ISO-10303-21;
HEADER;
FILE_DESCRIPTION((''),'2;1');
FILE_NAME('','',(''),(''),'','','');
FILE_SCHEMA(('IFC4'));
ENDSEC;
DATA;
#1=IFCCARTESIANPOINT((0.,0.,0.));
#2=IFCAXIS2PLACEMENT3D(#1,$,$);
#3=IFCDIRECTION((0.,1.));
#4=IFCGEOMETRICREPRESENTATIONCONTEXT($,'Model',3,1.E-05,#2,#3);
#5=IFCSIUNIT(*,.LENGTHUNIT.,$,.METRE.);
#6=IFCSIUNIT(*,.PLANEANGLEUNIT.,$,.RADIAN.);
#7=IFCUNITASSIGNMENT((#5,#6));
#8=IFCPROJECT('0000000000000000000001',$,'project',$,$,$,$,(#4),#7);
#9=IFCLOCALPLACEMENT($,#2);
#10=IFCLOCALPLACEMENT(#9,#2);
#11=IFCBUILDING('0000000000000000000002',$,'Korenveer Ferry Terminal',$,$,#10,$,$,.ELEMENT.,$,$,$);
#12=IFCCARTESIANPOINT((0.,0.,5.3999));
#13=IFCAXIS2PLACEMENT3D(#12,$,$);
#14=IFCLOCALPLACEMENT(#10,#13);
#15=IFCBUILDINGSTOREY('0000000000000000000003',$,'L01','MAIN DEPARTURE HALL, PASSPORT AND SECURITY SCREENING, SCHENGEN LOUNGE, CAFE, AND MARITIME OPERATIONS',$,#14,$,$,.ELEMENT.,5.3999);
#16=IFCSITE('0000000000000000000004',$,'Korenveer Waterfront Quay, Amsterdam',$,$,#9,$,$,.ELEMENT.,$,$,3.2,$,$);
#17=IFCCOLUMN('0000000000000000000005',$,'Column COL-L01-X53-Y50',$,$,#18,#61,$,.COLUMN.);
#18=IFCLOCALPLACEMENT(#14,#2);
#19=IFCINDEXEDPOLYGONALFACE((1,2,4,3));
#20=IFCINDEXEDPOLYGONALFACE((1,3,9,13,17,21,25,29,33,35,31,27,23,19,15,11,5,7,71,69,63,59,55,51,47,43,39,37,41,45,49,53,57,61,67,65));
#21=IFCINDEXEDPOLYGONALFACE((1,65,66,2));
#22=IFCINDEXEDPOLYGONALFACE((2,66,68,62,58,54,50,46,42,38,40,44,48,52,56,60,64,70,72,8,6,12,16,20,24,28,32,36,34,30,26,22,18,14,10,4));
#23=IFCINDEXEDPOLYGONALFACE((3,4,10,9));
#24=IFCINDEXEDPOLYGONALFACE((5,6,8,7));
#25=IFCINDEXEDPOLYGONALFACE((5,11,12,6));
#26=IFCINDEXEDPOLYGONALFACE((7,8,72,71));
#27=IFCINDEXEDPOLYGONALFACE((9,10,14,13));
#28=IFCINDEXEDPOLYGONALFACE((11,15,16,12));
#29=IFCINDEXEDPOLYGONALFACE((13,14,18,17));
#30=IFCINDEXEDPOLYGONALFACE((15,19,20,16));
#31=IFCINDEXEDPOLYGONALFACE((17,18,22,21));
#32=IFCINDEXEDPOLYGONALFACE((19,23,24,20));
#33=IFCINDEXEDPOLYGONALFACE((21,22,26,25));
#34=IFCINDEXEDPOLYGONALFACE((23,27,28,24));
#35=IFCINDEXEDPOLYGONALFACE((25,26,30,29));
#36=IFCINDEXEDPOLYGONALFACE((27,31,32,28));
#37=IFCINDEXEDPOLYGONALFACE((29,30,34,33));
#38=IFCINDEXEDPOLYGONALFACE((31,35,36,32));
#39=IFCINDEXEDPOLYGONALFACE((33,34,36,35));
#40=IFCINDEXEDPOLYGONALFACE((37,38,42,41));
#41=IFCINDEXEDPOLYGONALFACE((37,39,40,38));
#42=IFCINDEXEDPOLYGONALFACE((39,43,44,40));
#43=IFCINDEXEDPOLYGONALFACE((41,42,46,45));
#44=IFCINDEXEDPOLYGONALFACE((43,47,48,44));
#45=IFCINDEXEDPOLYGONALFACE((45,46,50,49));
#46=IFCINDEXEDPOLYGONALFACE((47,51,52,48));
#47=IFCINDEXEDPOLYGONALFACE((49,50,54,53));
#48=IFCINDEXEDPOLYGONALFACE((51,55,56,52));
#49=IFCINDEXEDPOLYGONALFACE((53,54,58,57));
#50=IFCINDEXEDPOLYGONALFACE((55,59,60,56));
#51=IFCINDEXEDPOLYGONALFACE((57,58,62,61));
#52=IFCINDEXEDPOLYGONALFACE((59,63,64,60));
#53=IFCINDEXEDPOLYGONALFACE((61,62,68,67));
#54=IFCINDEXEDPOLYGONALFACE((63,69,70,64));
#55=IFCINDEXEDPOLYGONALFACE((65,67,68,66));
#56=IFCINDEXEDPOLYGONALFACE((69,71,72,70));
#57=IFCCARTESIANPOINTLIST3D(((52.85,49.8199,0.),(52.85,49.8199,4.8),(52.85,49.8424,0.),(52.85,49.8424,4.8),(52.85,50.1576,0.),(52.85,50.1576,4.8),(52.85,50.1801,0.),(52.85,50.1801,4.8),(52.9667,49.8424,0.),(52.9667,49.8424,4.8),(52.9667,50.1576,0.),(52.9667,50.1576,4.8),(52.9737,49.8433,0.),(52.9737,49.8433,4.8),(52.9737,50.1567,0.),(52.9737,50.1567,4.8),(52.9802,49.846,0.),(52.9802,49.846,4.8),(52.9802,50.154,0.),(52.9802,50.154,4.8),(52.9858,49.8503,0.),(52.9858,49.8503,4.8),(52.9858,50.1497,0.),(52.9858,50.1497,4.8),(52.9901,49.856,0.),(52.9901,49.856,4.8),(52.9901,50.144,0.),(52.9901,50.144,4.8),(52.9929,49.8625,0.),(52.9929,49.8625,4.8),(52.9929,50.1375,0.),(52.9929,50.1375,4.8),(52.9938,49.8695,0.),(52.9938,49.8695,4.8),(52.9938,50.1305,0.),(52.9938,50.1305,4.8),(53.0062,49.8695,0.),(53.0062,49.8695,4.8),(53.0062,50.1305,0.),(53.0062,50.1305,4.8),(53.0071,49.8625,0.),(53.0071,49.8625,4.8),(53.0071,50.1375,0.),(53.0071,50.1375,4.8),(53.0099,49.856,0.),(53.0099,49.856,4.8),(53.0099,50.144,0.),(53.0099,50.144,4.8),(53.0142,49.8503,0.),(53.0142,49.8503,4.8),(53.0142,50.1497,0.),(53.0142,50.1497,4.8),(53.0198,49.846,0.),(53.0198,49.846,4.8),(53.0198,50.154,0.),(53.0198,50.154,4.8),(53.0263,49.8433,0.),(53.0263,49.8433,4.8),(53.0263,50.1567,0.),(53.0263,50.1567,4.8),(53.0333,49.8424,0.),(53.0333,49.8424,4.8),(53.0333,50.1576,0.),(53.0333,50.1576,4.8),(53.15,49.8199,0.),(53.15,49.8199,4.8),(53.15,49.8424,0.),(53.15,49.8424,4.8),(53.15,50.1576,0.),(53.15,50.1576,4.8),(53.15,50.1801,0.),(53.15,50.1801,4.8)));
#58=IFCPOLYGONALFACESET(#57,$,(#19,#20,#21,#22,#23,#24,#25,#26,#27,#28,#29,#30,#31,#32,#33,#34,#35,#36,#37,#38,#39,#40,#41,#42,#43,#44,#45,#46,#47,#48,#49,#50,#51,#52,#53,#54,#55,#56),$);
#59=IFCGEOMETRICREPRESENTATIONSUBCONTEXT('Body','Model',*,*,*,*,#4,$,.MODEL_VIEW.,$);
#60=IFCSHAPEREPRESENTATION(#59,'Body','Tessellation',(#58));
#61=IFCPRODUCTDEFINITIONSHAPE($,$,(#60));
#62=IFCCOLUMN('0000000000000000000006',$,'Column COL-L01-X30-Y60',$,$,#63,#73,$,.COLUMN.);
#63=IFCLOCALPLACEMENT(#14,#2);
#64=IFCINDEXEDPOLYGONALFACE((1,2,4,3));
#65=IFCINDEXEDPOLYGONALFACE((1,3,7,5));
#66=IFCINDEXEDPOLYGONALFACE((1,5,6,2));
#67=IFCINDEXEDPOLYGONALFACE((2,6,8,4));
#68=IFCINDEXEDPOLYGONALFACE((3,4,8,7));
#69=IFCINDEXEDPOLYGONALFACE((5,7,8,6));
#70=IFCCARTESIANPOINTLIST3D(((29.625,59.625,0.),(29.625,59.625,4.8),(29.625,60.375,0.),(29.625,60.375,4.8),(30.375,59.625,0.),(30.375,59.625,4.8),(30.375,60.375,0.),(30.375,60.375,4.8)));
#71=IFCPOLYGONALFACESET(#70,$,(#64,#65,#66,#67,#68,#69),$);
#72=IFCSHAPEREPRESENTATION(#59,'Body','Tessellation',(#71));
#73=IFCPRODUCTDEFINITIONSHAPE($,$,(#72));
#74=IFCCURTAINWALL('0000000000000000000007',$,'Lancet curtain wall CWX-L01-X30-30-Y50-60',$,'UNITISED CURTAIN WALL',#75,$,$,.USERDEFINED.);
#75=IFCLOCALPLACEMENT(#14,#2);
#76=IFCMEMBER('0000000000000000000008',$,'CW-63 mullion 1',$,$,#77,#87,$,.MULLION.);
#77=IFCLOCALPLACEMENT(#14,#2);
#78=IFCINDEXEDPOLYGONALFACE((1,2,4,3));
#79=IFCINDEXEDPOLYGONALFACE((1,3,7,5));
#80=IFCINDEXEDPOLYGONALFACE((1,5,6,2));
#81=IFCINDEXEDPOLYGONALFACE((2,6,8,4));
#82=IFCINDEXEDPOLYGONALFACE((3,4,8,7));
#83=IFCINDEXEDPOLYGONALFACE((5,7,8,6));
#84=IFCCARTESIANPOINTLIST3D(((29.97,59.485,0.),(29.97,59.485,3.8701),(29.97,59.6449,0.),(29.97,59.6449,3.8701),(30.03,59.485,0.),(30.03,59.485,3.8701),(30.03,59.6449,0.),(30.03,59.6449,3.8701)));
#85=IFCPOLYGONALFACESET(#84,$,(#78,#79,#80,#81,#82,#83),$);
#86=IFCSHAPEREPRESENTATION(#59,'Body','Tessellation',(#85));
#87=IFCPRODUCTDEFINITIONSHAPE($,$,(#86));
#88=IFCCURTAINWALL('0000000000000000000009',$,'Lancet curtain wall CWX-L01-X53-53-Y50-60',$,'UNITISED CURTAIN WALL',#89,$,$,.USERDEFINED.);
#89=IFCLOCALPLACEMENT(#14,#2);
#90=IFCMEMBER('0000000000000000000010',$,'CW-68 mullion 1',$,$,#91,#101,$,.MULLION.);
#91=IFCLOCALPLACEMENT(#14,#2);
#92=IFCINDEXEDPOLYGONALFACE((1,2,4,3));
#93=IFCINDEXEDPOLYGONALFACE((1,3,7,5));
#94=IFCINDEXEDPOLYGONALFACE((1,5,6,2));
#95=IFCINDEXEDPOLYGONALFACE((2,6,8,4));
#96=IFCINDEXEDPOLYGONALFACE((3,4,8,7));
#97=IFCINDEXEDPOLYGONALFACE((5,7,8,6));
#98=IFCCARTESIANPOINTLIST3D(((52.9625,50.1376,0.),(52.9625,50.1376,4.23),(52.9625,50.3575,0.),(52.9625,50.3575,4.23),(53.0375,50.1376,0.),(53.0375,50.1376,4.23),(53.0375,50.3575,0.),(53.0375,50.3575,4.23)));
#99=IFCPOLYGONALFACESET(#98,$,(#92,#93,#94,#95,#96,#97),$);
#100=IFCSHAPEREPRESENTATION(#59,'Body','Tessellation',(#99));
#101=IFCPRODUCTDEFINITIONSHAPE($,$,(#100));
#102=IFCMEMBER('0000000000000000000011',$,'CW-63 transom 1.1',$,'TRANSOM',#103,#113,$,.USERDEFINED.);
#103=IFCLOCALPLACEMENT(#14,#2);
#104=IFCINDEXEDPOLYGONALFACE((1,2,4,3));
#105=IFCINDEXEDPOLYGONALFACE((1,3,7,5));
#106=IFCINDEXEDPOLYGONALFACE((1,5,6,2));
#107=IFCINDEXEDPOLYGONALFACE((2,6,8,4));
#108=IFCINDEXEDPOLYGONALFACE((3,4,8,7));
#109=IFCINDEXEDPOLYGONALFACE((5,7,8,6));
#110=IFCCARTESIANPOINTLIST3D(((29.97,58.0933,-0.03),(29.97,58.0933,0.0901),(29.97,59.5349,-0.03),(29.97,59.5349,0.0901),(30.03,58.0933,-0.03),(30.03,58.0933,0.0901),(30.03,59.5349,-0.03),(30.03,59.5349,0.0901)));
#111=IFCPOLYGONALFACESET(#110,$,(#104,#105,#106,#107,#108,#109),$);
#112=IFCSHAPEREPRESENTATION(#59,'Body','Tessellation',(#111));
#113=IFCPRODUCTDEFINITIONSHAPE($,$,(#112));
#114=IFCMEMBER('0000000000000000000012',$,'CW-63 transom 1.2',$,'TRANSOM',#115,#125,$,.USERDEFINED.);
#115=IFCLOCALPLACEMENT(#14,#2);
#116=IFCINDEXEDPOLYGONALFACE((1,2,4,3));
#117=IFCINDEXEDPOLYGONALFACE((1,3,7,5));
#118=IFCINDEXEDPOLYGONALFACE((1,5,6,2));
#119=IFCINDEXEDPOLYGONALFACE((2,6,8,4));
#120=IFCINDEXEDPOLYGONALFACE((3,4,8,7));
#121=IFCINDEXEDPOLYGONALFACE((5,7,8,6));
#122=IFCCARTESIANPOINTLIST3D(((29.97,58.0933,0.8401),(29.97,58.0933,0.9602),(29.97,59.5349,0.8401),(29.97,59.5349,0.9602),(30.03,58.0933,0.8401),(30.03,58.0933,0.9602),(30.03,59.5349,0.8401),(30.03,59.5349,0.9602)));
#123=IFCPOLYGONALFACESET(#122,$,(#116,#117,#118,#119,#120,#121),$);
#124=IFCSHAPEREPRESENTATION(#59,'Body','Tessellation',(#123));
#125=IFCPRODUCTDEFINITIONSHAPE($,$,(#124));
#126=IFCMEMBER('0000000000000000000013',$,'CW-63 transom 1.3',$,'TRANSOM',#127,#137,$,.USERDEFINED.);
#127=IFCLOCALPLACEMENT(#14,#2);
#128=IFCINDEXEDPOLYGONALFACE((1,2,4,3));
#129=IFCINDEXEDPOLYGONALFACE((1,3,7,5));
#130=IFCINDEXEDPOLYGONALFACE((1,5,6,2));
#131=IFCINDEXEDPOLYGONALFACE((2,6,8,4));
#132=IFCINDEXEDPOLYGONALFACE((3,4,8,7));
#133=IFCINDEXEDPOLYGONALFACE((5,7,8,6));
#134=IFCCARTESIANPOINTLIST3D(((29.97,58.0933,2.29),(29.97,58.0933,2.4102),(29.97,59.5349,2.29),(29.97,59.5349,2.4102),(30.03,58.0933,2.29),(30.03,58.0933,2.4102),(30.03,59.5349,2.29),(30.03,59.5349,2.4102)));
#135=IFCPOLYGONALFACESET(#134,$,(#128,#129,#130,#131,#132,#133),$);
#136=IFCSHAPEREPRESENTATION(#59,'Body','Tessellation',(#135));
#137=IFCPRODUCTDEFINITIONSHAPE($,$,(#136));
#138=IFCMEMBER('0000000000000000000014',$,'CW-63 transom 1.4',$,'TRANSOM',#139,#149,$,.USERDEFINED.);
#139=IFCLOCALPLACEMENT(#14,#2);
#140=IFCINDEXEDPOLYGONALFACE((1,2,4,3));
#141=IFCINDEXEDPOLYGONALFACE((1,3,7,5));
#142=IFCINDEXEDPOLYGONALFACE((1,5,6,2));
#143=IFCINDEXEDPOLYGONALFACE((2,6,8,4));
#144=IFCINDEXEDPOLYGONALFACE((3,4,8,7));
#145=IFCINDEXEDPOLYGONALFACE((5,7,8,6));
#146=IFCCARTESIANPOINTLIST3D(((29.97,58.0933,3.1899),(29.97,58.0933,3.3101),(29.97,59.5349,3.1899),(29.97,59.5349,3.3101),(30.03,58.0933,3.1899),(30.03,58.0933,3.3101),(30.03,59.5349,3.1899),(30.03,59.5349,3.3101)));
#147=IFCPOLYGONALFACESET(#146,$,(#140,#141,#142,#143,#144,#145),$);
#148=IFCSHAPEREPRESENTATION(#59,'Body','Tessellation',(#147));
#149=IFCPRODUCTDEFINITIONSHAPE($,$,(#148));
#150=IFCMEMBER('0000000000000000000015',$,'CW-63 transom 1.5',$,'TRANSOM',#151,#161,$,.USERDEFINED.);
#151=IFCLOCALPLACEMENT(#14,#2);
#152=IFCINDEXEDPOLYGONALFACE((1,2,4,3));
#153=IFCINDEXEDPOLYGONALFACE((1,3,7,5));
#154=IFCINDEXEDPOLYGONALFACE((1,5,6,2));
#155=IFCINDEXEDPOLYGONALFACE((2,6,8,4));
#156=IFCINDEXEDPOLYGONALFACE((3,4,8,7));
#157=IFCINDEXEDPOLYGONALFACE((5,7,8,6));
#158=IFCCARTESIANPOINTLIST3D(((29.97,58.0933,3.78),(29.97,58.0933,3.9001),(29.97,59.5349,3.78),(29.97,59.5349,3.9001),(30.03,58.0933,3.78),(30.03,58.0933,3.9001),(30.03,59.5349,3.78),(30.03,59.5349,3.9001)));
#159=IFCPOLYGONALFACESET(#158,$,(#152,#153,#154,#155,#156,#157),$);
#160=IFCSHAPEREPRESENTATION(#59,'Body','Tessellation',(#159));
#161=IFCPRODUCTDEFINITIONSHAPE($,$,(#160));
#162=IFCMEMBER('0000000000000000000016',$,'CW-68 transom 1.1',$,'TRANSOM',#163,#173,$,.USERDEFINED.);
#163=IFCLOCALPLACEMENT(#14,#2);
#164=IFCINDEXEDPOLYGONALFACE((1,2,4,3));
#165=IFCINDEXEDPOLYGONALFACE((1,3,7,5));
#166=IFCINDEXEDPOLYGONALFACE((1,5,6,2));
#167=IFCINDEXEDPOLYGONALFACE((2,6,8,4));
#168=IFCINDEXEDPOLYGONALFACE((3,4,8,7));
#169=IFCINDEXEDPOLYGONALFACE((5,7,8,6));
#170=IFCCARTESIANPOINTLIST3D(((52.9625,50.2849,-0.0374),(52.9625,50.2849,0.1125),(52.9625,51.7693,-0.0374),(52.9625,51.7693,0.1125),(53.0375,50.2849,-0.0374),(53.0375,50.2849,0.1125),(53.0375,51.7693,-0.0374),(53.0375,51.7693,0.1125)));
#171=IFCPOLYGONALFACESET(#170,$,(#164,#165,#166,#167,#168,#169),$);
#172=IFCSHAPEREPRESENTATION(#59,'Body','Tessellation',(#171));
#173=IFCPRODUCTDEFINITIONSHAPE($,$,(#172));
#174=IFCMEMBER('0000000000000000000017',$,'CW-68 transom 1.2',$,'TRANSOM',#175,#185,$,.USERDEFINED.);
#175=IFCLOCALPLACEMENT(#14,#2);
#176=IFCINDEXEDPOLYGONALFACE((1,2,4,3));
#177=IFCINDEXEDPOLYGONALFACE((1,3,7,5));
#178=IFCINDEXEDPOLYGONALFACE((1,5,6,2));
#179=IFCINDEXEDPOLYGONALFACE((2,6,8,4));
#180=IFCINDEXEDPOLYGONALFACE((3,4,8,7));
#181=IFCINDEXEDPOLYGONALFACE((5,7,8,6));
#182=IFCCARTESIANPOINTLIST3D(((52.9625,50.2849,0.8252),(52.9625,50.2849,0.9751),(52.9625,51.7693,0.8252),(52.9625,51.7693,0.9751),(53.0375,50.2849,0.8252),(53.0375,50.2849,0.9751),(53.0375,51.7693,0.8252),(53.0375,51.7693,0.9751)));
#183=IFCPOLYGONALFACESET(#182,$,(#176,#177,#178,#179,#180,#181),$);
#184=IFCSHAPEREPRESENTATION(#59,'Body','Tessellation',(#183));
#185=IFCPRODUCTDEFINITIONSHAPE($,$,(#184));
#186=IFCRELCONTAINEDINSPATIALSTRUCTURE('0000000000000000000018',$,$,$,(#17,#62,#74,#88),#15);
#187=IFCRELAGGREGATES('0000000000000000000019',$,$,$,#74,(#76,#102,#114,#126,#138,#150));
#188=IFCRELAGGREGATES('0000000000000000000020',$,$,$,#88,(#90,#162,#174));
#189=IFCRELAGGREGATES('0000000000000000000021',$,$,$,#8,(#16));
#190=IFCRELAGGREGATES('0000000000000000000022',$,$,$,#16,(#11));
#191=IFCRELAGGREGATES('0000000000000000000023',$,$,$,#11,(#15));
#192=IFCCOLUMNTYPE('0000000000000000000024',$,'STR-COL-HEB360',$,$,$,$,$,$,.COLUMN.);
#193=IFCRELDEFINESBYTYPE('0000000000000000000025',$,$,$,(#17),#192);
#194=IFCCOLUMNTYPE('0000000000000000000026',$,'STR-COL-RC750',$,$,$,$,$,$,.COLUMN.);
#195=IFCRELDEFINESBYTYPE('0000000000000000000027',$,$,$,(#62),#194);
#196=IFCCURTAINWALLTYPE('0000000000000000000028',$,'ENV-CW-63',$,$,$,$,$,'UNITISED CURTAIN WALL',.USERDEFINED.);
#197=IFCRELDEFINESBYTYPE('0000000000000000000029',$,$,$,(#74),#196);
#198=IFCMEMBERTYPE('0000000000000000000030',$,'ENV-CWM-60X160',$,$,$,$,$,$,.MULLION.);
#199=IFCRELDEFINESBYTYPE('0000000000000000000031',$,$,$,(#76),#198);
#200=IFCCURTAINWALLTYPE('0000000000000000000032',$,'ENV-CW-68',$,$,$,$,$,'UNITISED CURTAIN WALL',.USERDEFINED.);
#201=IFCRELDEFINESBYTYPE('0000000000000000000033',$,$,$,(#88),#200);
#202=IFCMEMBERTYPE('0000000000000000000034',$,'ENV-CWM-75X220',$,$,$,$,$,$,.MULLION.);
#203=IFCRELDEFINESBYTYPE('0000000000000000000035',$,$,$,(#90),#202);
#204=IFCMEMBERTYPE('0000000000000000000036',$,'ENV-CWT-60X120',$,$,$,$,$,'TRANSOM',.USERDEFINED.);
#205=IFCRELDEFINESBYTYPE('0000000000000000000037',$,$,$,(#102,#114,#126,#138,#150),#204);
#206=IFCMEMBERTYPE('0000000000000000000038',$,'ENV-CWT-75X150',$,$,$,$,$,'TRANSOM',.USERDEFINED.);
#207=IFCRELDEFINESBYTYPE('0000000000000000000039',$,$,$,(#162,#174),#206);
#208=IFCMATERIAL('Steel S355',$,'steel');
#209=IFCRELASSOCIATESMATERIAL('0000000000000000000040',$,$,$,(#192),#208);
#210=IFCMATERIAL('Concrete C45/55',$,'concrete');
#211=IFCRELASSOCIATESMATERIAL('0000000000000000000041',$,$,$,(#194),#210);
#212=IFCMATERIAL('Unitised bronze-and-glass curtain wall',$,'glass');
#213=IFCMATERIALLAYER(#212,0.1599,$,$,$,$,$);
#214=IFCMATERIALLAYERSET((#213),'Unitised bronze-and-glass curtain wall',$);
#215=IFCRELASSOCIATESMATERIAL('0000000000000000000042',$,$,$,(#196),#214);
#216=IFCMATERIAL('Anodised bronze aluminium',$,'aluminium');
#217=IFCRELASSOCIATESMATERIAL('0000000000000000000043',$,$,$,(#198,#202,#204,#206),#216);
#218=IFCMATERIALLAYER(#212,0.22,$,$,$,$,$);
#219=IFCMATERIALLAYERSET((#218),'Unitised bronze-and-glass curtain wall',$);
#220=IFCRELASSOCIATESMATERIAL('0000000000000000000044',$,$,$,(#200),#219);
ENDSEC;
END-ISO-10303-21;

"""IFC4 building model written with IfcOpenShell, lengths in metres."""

from ifc_helpers import new_model, si_unit, direction, frame, origin, origin_2d, place, context, subcontext, project, spatial, rectangle, i_section, extrude, material, layer, layer_set, material_profile, profile_set, type_object, element, aggregate, save


model = new_model("IFC4")

# Units and contexts
model_context = context("Model", 3, precision=1e-05, world=origin(), true_north=direction((0.0, 1.0)))
body_context = subcontext(model_context, "Body", "Model", "MODEL_VIEW")
ifc_project = project(units=[si_unit("LENGTHUNIT", "METRE"), si_unit("PLANEANGLEUNIT", "RADIAN")], contexts=[model_context])

# Site, building, storey
site_placement = place(None, origin())
site = spatial("IfcSite", under=ifc_project, at=site_placement, Name="Korenveer Waterfront Quay, Amsterdam", CompositionType="ELEMENT", RefElevation=3.2)
building_placement = place(site_placement, origin())
building = spatial("IfcBuilding", under=site, at=building_placement, Name="Korenveer Ferry Terminal", CompositionType="ELEMENT")
storey_placement = place(building_placement, frame((0.0, 0.0, 5.3999)))
storey = spatial("IfcBuildingStorey", under=building, at=storey_placement, Name="L01", Description="MAIN DEPARTURE HALL, PASSPORT AND SECURITY SCREENING, SCHENGEN LOUNGE, CAFE, AND MARITIME OPERATIONS", CompositionType="ELEMENT", Elevation=5.3999)

# Columns
ifc_material_1 = material(Name="Steel S355", Category="steel")
ifc_material_profile_1 = material_profile(ifc_material_1, i_section(OverallWidth=0.3, OverallDepth=0.3601, WebThickness=0.0125, FlangeThickness=0.0225, FilletRadius=0.0271, at=origin_2d()), Name="HEB 360")
ifc_profile_set_1 = profile_set([ifc_material_profile_1], Name="Steel S355")
column_type_1 = type_object("IfcColumnType", Name="STR-COL-HEB360", PredefinedType="COLUMN", material=ifc_profile_set_1)
column_1_placement = place(storey_placement, frame((53.0, 50.0, 0.0), z_axis=(0.0, 0.0, 1.0), x_axis=(1.0, 0.0, 0.0)))
element("IfcColumn", 1, at=column_1_placement, inside=storey, type_object=column_type_1, Name="Column COL-L01-X53-Y50", PredefinedType="COLUMN", context=body_context, shape_type="SweptSolid", body=[
    extrude(i_section(OverallWidth=0.3, OverallDepth=0.3601, WebThickness=0.0125, FlangeThickness=0.0225, FilletRadius=0.0271, at=origin_2d()), origin(), (0.0, 0.0, 1.0), 4.8),
])
ifc_material_2 = material(Name="Concrete C45/55", Category="concrete")
ifc_material_profile_2 = material_profile(ifc_material_2, rectangle(XDim=0.75, YDim=0.75, at=origin_2d()), Name="RC 750x750")
ifc_profile_set_2 = profile_set([ifc_material_profile_2], Name="Concrete C45/55")
column_type_2 = type_object("IfcColumnType", Name="STR-COL-RC750", PredefinedType="COLUMN", material=ifc_profile_set_2)
column_2_placement = place(storey_placement, frame((30.0, 60.0, 0.0), z_axis=(0.0, 0.0, 1.0), x_axis=(1.0, 0.0, 0.0)))
element("IfcColumn", 2, at=column_2_placement, inside=storey, type_object=column_type_2, Name="Column COL-L01-X30-Y60", PredefinedType="COLUMN", context=body_context, shape_type="SweptSolid", body=[
    extrude(rectangle(XDim=0.75, YDim=0.75, at=origin_2d()), origin(), (0.0, 0.0, 1.0), 4.8),
])

# Curtain walls, members
ifc_material_3 = material(Name="Unitised bronze-and-glass curtain wall", Category="glass")
ifc_layer_1 = layer(ifc_material_3, 0.1599)
ifc_layer_set_1 = layer_set([ifc_layer_1], Name="Unitised bronze-and-glass curtain wall")
curtain_wall_type_1 = type_object("IfcCurtainWallType", Name="ENV-CW-63", ElementType="UNITISED CURTAIN WALL", PredefinedType="USERDEFINED", material=ifc_layer_set_1)
curtain_wall_1_placement = place(storey_placement, frame((30.0, 59.595, 0.0)))
curtain_wall_1 = element("IfcCurtainWall", 3, at=curtain_wall_1_placement, inside=storey, type_object=curtain_wall_type_1, Name="Lancet curtain wall CWX-L01-X30-30-Y50-60", ObjectType="UNITISED CURTAIN WALL", PredefinedType="USERDEFINED")
ifc_material_4 = material(Name="Anodised bronze aluminium", Category="aluminium")
ifc_material_profile_3 = material_profile(ifc_material_4, rectangle(XDim=0.0601, YDim=0.1599, at=origin_2d()), Name="ALU 60x160")
ifc_profile_set_3 = profile_set([ifc_material_profile_3], Name="Anodised bronze aluminium")
member_type_1 = type_object("IfcMemberType", Name="ENV-CWM-60X160", PredefinedType="MULLION", material=ifc_profile_set_3)
member_1_placement = place(storey_placement, frame((30.0, 59.5649, 0.0), z_axis=(0.0, 0.0, 1.0), x_axis=(1.0, 0.0, 0.0)))
member_1 = element("IfcMember", 4, at=member_1_placement, type_object=member_type_1, Name="CW-63 mullion 1", PredefinedType="MULLION", context=body_context, shape_type="SweptSolid", body=[
    extrude(rectangle(XDim=0.0601, YDim=0.1599, at=origin_2d()), origin(), (0.0, 0.0, 1.0), 3.8701),
])
ifc_layer_2 = layer(ifc_material_3, 0.22)
ifc_layer_set_2 = layer_set([ifc_layer_2], Name="Unitised bronze-and-glass curtain wall")
curtain_wall_type_2 = type_object("IfcCurtainWallType", Name="ENV-CW-68", ElementType="UNITISED CURTAIN WALL", PredefinedType="USERDEFINED", material=ifc_layer_set_2)
curtain_wall_2_placement = place(storey_placement, frame((53.0, 50.21, 0.0)))
curtain_wall_2 = element("IfcCurtainWall", 5, at=curtain_wall_2_placement, inside=storey, type_object=curtain_wall_type_2, Name="Lancet curtain wall CWX-L01-X53-53-Y50-60", ObjectType="UNITISED CURTAIN WALL", PredefinedType="USERDEFINED")
ifc_material_profile_4 = material_profile(ifc_material_4, rectangle(XDim=0.075, YDim=0.22, at=origin_2d()), Name="ALU 75x220")
ifc_profile_set_4 = profile_set([ifc_material_profile_4], Name="Anodised bronze aluminium")
member_type_2 = type_object("IfcMemberType", Name="ENV-CWM-75X220", PredefinedType="MULLION", material=ifc_profile_set_4)
member_2_placement = place(storey_placement, frame((53.0, 50.2476, 0.0), z_axis=(0.0, 0.0, 1.0), x_axis=(-1.0, 0.0, 0.0)))
member_2 = element("IfcMember", 6, at=member_2_placement, type_object=member_type_2, Name="CW-68 mullion 1", PredefinedType="MULLION", context=body_context, shape_type="SweptSolid", body=[
    extrude(rectangle(XDim=0.075, YDim=0.22, at=origin_2d()), origin(), (0.0, 0.0, 1.0), 4.23),
])

# Members
ifc_material_profile_5 = material_profile(ifc_material_4, rectangle(XDim=0.0601, YDim=0.1201, at=origin_2d()), Name="ALU 60x120")
ifc_profile_set_5 = profile_set([ifc_material_profile_5], Name="Anodised bronze aluminium")
member_type_3 = type_object("IfcMemberType", Name="ENV-CWT-60X120", ElementType="TRANSOM", PredefinedType="USERDEFINED", material=ifc_profile_set_5)
member_3_placement = place(storey_placement, frame((30.0, 59.5349, 0.03), z_axis=(0.0, -1.0, 0.0), x_axis=(1.0, 0.0, 0.0)))
member_3 = element("IfcMember", 7, at=member_3_placement, type_object=member_type_3, Name="CW-63 transom 1.1", ObjectType="TRANSOM", PredefinedType="USERDEFINED", context=body_context, shape_type="SweptSolid", body=[
    extrude(rectangle(XDim=0.0601, YDim=0.1201, at=origin_2d()), origin(), (0.0, 0.0, 1.0), 1.4417),
])
member_4_placement = place(storey_placement, frame((30.0, 59.5349, 0.9001), z_axis=(0.0, -1.0, 0.0), x_axis=(1.0, 0.0, 0.0)))
member_4 = element("IfcMember", 8, at=member_4_placement, type_object=member_type_3, Name="CW-63 transom 1.2", ObjectType="TRANSOM", PredefinedType="USERDEFINED", context=body_context, shape_type="SweptSolid", body=[
    extrude(rectangle(XDim=0.0601, YDim=0.1201, at=origin_2d()), origin(), (0.0, 0.0, 1.0), 1.4417),
])
member_5_placement = place(storey_placement, frame((30.0, 59.5349, 2.3501), z_axis=(0.0, -1.0, 0.0), x_axis=(1.0, 0.0, 0.0)))
member_5 = element("IfcMember", 9, at=member_5_placement, type_object=member_type_3, Name="CW-63 transom 1.3", ObjectType="TRANSOM", PredefinedType="USERDEFINED", context=body_context, shape_type="SweptSolid", body=[
    extrude(rectangle(XDim=0.0601, YDim=0.1201, at=origin_2d()), origin(), (0.0, 0.0, 1.0), 1.4417),
])
member_6_placement = place(storey_placement, frame((30.0, 59.5349, 3.25), z_axis=(0.0, -1.0, 0.0), x_axis=(1.0, 0.0, 0.0)))
member_6 = element("IfcMember", 10, at=member_6_placement, type_object=member_type_3, Name="CW-63 transom 1.4", ObjectType="TRANSOM", PredefinedType="USERDEFINED", context=body_context, shape_type="SweptSolid", body=[
    extrude(rectangle(XDim=0.0601, YDim=0.1201, at=origin_2d()), origin(), (0.0, 0.0, 1.0), 1.4417),
])
member_7_placement = place(storey_placement, frame((30.0, 59.5349, 3.8401), z_axis=(0.0, -1.0, 0.0), x_axis=(1.0, 0.0, 0.0)))
member_7 = element("IfcMember", 11, at=member_7_placement, type_object=member_type_3, Name="CW-63 transom 1.5", ObjectType="TRANSOM", PredefinedType="USERDEFINED", context=body_context, shape_type="SweptSolid", body=[
    extrude(rectangle(XDim=0.0601, YDim=0.1201, at=origin_2d()), origin(), (0.0, 0.0, 1.0), 1.4417),
])
aggregate(curtain_wall_1, [member_1, member_3, member_4, member_5, member_6, member_7])
ifc_material_profile_6 = material_profile(ifc_material_4, rectangle(XDim=0.075, YDim=0.1499, at=origin_2d()), Name="ALU 75x150")
ifc_profile_set_6 = profile_set([ifc_material_profile_6], Name="Anodised bronze aluminium")
member_type_4 = type_object("IfcMemberType", Name="ENV-CWT-75X150", ElementType="TRANSOM", PredefinedType="USERDEFINED", material=ifc_profile_set_6)
member_8_placement = place(storey_placement, frame((53.0, 50.2849, 0.0376), z_axis=(0.0, 1.0, 0.0), x_axis=(-1.0, 0.0, 0.0)))
member_8 = element("IfcMember", 12, at=member_8_placement, type_object=member_type_4, Name="CW-68 transom 1.1", ObjectType="TRANSOM", PredefinedType="USERDEFINED", context=body_context, shape_type="SweptSolid", body=[
    extrude(rectangle(XDim=0.075, YDim=0.1499, at=origin_2d()), origin(), (0.0, 0.0, 1.0), 1.4844),
])
member_9_placement = place(storey_placement, frame((53.0, 50.2849, 0.9001), z_axis=(0.0, 1.0, 0.0), x_axis=(-1.0, 0.0, 0.0)))
member_9 = element("IfcMember", 13, at=member_9_placement, type_object=member_type_4, Name="CW-68 transom 1.2", ObjectType="TRANSOM", PredefinedType="USERDEFINED", context=body_context, shape_type="SweptSolid", body=[
    extrude(rectangle(XDim=0.075, YDim=0.1499, at=origin_2d()), origin(), (0.0, 0.0, 1.0), 1.4844),
])
aggregate(curtain_wall_2, [member_2, member_8, member_9])

save(model, "model.ifc")
